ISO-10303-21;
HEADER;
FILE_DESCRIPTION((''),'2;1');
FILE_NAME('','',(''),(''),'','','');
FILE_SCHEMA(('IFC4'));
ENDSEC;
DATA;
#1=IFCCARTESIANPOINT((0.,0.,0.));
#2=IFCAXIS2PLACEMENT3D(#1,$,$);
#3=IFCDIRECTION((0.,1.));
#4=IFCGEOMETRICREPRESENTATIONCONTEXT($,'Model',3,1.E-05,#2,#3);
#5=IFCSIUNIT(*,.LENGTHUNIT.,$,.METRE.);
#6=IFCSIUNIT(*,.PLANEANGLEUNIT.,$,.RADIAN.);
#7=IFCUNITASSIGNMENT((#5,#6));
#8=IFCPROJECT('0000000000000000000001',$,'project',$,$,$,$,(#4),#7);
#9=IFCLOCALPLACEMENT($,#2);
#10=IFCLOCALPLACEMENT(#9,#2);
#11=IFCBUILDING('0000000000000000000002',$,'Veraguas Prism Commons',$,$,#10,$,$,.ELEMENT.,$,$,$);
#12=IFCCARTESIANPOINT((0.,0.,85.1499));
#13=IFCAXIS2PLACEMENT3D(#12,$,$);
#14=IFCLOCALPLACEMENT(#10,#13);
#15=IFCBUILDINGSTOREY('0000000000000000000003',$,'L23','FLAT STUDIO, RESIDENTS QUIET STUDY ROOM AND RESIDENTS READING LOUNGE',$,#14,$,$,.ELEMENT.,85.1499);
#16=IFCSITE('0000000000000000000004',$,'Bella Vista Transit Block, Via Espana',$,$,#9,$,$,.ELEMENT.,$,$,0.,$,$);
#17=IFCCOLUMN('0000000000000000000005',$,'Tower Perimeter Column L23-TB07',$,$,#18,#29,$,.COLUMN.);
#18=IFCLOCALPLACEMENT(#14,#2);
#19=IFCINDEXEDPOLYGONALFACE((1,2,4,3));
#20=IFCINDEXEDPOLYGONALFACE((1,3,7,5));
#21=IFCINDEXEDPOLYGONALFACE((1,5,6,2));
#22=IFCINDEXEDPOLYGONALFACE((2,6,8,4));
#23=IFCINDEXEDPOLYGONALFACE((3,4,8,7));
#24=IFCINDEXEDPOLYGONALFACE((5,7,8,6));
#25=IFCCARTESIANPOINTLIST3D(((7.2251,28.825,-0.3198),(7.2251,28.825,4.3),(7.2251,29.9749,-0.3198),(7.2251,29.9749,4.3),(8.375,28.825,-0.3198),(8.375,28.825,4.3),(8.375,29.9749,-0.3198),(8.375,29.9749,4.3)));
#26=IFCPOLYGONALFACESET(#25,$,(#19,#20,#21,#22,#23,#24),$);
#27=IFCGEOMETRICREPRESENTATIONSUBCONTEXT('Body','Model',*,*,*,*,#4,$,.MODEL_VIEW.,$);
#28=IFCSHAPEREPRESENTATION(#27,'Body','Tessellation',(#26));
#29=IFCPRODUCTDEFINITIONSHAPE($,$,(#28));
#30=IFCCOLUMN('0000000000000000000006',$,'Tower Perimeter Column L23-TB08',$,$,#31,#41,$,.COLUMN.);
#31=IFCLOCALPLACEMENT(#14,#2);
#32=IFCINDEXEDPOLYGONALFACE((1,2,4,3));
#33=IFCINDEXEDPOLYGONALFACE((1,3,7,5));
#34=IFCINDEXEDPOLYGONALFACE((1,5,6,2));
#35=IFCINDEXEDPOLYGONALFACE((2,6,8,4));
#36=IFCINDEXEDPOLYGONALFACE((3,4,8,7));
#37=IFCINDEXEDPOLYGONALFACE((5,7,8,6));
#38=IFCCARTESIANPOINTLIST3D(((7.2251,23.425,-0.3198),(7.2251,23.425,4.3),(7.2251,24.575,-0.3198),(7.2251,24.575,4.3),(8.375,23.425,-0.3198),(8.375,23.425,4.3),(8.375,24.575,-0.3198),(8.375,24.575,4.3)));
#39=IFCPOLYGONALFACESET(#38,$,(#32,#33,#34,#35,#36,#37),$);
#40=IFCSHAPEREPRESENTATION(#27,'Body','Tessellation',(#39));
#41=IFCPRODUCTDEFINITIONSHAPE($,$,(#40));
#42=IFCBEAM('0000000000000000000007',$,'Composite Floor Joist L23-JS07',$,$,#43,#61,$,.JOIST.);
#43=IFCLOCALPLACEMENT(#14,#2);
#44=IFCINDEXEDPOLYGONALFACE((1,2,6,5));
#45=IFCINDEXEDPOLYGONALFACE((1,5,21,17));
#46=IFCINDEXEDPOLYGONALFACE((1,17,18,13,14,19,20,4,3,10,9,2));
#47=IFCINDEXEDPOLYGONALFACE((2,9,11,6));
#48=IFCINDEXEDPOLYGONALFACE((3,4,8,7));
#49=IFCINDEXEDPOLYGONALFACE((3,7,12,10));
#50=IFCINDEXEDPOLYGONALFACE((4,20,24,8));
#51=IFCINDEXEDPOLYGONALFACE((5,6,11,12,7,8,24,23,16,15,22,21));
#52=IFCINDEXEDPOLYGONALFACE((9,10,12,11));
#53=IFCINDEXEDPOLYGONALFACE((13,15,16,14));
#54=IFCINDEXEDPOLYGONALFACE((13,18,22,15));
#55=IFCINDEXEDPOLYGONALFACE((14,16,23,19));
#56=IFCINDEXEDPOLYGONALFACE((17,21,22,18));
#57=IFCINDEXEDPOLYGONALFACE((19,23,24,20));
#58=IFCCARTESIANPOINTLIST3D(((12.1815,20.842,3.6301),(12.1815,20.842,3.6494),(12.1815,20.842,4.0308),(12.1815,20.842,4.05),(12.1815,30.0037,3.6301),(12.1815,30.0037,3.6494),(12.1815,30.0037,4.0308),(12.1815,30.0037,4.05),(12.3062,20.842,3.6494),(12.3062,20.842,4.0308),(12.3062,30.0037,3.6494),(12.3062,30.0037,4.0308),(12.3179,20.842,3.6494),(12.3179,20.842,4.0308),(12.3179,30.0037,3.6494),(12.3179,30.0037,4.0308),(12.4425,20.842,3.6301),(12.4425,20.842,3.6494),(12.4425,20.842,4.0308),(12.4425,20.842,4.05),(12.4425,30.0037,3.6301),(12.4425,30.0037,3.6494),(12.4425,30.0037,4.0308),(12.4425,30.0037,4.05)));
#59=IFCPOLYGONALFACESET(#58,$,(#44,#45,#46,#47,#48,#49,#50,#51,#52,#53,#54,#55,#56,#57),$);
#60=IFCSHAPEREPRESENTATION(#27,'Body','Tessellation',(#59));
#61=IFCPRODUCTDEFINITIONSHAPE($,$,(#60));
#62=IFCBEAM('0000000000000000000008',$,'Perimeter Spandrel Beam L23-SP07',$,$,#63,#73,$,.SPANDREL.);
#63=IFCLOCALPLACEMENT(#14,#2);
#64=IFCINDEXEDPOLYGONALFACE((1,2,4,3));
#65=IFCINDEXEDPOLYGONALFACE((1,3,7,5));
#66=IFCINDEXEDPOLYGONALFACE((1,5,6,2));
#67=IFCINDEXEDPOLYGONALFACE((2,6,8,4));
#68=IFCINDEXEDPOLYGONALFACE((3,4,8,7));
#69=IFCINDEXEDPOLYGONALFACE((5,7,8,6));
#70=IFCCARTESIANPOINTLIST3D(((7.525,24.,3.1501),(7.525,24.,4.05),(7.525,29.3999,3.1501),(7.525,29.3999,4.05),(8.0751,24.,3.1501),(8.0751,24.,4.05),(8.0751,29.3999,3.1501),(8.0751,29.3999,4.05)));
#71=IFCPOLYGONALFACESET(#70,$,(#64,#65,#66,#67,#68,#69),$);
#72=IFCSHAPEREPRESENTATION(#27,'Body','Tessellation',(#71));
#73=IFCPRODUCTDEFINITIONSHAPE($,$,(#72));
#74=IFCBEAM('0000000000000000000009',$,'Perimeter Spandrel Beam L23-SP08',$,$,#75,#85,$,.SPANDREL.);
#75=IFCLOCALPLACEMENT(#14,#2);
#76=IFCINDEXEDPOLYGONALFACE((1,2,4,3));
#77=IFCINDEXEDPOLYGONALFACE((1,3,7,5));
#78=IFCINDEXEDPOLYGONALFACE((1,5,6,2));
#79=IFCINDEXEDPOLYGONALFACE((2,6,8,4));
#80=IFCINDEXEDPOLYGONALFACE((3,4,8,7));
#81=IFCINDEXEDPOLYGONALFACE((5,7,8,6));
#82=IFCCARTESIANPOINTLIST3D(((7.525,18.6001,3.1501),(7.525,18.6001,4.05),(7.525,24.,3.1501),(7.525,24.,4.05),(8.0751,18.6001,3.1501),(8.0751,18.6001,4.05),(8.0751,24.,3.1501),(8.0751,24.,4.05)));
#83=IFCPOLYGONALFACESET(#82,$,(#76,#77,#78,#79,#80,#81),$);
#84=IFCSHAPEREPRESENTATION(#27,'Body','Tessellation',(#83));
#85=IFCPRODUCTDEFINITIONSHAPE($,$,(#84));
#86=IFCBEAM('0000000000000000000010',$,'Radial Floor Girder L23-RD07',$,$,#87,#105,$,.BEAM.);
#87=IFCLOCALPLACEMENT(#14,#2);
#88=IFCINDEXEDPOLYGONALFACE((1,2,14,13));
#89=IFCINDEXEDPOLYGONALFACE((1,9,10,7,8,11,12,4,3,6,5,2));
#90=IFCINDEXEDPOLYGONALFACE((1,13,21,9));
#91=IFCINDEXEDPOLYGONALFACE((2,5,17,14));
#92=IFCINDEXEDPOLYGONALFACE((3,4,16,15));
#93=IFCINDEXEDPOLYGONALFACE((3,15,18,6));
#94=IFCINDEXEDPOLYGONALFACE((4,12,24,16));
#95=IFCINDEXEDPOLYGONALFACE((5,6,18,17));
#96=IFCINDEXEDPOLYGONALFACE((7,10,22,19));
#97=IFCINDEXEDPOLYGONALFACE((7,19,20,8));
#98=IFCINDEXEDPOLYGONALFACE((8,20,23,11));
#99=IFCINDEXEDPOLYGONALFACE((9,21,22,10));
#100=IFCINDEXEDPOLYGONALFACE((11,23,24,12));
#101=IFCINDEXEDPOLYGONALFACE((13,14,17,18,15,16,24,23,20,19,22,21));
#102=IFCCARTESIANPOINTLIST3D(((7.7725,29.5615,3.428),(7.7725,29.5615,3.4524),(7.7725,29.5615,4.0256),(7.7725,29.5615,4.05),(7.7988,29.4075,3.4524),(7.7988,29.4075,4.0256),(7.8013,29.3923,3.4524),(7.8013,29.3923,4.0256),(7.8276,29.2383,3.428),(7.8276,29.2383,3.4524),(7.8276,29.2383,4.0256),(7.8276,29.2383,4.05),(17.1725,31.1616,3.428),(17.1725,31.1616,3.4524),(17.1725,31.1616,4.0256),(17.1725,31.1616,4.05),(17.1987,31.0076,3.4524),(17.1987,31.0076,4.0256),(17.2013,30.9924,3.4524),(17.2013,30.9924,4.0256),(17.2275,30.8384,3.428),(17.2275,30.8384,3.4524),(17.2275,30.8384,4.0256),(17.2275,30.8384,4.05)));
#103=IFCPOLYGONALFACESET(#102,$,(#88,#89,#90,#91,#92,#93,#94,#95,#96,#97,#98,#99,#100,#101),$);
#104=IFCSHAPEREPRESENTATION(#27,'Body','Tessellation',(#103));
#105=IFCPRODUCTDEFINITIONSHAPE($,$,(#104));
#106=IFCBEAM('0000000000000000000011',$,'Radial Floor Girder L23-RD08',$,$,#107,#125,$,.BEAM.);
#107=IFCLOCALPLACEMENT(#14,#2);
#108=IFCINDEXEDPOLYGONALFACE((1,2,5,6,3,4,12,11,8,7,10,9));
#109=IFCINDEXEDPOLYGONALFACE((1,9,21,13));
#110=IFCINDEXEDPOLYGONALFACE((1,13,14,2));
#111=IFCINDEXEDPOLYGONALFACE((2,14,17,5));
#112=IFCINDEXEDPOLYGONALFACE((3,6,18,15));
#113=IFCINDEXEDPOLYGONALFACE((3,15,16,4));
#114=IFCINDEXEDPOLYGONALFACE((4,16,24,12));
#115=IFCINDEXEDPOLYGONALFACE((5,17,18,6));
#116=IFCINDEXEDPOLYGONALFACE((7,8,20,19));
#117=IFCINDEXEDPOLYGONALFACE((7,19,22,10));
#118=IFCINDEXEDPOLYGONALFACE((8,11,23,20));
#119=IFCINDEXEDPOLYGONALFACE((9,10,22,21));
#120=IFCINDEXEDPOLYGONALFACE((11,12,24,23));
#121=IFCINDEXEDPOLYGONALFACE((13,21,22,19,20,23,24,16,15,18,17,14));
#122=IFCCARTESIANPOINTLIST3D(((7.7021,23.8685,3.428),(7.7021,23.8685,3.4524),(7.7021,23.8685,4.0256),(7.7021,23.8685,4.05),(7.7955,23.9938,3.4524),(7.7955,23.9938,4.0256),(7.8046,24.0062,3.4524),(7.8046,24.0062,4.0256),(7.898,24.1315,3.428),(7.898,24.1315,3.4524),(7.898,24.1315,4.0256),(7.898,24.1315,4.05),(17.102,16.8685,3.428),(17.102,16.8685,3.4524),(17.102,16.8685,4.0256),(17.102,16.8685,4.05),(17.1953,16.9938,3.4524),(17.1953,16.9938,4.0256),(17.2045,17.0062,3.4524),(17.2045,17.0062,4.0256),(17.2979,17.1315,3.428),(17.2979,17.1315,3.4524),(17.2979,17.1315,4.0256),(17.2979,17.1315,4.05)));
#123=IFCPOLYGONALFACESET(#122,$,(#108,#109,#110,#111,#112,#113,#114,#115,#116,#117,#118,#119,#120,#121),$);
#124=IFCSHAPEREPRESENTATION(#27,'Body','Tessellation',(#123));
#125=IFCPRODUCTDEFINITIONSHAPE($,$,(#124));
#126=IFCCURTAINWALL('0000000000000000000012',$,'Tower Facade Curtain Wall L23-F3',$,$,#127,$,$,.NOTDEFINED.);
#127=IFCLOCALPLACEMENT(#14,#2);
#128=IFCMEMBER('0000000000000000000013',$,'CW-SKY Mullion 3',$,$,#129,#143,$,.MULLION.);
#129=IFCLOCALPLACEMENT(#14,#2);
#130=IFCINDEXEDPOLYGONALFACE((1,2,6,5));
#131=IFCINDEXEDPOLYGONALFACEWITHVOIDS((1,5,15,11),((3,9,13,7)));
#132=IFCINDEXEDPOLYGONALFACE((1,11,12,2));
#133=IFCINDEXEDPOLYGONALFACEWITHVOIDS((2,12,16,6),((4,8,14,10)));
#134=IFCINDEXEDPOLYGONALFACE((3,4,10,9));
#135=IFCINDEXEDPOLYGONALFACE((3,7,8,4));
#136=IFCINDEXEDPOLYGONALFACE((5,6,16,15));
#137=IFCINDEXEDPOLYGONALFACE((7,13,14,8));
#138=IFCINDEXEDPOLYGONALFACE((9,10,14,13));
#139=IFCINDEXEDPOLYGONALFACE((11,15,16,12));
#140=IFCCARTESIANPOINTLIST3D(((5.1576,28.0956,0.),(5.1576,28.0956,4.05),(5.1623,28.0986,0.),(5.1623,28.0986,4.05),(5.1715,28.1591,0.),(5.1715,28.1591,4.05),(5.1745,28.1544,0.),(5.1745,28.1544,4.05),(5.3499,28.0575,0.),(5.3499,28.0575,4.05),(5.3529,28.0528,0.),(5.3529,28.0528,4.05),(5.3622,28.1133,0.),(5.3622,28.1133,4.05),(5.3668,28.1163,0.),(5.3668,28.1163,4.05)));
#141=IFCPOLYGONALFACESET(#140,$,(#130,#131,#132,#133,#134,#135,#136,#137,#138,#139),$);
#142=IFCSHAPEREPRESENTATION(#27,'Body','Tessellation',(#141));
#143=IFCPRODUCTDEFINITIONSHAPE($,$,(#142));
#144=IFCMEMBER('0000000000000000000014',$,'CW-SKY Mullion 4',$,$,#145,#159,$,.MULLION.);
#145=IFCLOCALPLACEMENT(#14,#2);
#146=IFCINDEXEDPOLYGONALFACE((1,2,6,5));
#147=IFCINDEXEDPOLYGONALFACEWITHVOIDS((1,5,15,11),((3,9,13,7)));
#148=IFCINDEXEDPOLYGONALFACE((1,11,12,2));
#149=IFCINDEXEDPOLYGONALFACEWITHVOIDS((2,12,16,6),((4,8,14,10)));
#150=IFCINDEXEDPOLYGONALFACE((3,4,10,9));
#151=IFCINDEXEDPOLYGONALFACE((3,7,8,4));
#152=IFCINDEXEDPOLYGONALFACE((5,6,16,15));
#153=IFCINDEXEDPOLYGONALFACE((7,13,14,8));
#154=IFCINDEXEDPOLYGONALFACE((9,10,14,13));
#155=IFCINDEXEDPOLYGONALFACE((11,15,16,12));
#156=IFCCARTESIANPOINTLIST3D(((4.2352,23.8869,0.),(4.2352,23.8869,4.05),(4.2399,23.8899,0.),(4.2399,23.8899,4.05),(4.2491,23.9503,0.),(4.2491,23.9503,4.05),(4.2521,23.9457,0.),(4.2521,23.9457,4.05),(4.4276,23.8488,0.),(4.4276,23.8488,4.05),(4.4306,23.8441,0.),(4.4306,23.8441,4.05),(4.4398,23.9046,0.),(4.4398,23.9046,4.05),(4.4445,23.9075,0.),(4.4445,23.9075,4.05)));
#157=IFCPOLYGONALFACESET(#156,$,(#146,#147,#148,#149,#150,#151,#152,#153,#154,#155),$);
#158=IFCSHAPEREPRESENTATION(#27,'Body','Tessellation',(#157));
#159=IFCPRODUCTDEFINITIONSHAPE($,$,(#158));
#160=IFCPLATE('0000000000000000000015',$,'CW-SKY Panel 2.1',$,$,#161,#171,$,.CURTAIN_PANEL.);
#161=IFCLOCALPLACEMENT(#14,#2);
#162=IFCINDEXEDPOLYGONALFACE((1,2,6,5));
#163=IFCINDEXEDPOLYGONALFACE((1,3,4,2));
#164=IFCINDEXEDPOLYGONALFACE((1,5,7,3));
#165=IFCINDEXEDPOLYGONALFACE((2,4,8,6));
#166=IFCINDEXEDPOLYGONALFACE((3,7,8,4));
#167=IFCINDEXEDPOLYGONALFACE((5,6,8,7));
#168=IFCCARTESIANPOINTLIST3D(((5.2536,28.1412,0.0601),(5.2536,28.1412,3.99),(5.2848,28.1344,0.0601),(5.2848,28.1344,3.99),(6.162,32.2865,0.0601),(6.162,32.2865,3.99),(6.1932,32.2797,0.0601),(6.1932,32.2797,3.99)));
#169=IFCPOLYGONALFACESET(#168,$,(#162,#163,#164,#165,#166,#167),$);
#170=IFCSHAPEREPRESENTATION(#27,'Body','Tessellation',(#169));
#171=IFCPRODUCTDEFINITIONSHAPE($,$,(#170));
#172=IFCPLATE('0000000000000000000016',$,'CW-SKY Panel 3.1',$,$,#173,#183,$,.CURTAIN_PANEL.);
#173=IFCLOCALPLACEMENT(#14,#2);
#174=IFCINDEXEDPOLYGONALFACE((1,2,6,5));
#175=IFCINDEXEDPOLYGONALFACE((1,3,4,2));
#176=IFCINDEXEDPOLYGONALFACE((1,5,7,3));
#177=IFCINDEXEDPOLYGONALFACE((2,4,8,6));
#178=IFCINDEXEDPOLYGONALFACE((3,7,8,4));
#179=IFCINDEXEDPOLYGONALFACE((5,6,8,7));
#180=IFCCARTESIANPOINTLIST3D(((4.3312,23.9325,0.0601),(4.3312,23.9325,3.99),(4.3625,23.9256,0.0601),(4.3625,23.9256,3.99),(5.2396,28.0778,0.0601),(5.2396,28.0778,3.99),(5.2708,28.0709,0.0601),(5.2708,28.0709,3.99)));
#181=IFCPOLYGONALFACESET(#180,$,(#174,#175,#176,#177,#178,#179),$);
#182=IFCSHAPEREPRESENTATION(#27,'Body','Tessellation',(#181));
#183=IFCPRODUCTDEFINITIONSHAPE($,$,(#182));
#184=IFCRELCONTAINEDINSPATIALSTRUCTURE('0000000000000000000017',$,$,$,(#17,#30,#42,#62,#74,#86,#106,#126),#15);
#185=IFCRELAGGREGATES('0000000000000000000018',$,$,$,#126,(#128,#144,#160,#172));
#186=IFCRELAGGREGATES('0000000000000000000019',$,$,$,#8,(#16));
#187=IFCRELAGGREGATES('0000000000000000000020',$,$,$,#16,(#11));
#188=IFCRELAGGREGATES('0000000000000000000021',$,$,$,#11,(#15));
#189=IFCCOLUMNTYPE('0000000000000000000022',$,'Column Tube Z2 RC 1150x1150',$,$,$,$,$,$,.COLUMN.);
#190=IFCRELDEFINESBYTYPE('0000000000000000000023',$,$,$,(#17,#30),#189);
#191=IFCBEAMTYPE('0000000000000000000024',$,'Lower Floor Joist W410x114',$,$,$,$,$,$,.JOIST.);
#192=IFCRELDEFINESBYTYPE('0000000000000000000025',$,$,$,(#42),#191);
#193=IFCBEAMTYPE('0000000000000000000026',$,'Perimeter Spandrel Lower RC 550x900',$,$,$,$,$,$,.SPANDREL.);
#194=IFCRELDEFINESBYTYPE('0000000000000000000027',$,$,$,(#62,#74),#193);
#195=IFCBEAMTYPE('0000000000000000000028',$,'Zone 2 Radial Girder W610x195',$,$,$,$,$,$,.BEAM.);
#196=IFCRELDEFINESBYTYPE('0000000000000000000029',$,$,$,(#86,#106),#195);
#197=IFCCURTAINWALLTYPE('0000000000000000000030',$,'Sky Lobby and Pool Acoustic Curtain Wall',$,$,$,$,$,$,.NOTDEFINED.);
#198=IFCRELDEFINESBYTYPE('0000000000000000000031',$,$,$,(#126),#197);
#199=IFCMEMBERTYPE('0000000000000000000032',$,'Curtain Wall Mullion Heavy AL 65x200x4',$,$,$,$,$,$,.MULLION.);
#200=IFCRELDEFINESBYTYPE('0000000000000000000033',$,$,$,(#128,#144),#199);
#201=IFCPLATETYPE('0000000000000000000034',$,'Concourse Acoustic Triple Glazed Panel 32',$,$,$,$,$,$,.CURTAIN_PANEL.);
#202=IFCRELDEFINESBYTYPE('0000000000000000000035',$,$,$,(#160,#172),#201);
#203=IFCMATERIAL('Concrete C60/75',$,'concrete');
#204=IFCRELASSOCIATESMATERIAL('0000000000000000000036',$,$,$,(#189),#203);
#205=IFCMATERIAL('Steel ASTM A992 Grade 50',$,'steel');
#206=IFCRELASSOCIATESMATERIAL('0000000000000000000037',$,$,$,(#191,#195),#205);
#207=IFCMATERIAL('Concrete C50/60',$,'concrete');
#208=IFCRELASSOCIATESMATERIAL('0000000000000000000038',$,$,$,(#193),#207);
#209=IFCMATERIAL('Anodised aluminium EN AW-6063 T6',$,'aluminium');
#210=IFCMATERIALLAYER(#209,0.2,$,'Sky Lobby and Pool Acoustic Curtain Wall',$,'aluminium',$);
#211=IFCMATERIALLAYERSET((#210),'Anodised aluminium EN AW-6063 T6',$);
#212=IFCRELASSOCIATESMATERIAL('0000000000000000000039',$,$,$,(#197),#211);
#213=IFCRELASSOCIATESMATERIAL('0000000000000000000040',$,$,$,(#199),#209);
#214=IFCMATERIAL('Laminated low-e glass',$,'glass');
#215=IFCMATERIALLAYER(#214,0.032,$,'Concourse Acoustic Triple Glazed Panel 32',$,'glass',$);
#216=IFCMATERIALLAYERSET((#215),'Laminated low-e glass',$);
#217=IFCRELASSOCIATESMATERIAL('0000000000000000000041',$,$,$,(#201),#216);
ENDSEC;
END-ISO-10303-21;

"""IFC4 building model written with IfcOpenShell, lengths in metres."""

from ifc_helpers import new_model, si_unit, direction, frame, origin, origin_2d, place, context, subcontext, project, spatial, rectangle, hollow_rectangle, i_section, extrude, source, transform, mapped, material, layer, layer_set, material_profile, profile_set, type_object, element, aggregate, save


model = new_model("IFC4")

# Units and contexts
model_context = context("Model", 3, precision=1e-05, world=origin(), true_north=direction((0.0, 1.0)))
body_context = subcontext(model_context, "Body", "Model", "MODEL_VIEW")
ifc_project = project(units=[si_unit("LENGTHUNIT", "METRE"), si_unit("PLANEANGLEUNIT", "RADIAN")], contexts=[model_context])

# Site, building, storey
site_placement = place(None, origin())
site = spatial("IfcSite", under=ifc_project, at=site_placement, Name="Bella Vista Transit Block, Via Espana", CompositionType="ELEMENT", RefElevation=0.0)
building_placement = place(site_placement, origin())
building = spatial("IfcBuilding", under=site, at=building_placement, Name="Veraguas Prism Commons", CompositionType="ELEMENT")
storey_placement = place(building_placement, frame((0.0, 0.0, 85.1499)))
storey = spatial("IfcBuildingStorey", under=building, at=storey_placement, Name="L23", Description="FLAT STUDIO, RESIDENTS QUIET STUDY ROOM AND RESIDENTS READING LOUNGE", CompositionType="ELEMENT", Elevation=85.1499)

# Columns
ifc_material_1 = material(Name="Concrete C60/75", Category="concrete")
ifc_material_profile_1 = material_profile(ifc_material_1, rectangle(XDim=1.1499, YDim=1.1499, at=origin_2d()), Name="RC1150X1150")
ifc_profile_set_1 = profile_set([ifc_material_profile_1], Name="Concrete C60/75")
column_type = type_object("IfcColumnType", Name="Column Tube Z2 RC 1150x1150", PredefinedType="COLUMN", material=ifc_profile_set_1)
for number, where, z_axis, x_axis, name in (
    (1, (7.8, 29.3999, -0.3198), (0.0, 0.0, 1.0), (1.0, 0.0, 0.0), "Tower Perimeter Column L23-TB07"),
    (2, (7.8, 24.0, -0.3198), (0.0, 0.0, 1.0), (1.0, 0.0, 0.0), "Tower Perimeter Column L23-TB08"),
):
    element("IfcColumn", number, at=place(storey_placement, frame(where, z_axis=z_axis, x_axis=x_axis)), inside=storey, type_object=column_type, Name=name, PredefinedType="COLUMN", context=body_context, shape_type="SweptSolid", body=[
        extrude(rectangle(XDim=1.1499, YDim=1.1499, at=origin_2d()), origin(), (0.0, 0.0, 1.0), 4.6199),
    ])

# Beams
ifc_material_2 = material(Name="Steel ASTM A992 Grade 50", Category="steel")
ifc_material_profile_2 = material_profile(ifc_material_2, i_section(OverallWidth=0.261, OverallDepth=0.4199, WebThickness=0.0117, FlangeThickness=0.0193, at=origin_2d()), Name="W410X114")
ifc_profile_set_2 = profile_set([ifc_material_profile_2], Name="Steel ASTM A992 Grade 50")
beam_type_1 = type_object("IfcBeamType", Name="Lower Floor Joist W410x114", PredefinedType="JOIST", material=ifc_profile_set_2)
beam_1_placement = place(storey_placement, frame((12.312, 30.0037, 3.8401), z_axis=(0.0, -1.0, 0.0), x_axis=(1.0, 0.0, 0.0)))
element("IfcBeam", 3, at=beam_1_placement, inside=storey, type_object=beam_type_1, Name="Composite Floor Joist L23-JS07", PredefinedType="JOIST", context=body_context, shape_type="SweptSolid", body=[
    extrude(i_section(OverallWidth=0.261, OverallDepth=0.4199, WebThickness=0.0117, FlangeThickness=0.0193, at=origin_2d()), origin(), (0.0, 0.0, 1.0), 9.1616),
])
ifc_material_3 = material(Name="Concrete C50/60", Category="concrete")
ifc_material_profile_3 = material_profile(ifc_material_3, rectangle(XDim=0.55, YDim=0.8999, at=origin_2d()), Name="RC550X900")
ifc_profile_set_3 = profile_set([ifc_material_profile_3], Name="Concrete C50/60")
beam_type_2 = type_object("IfcBeamType", Name="Perimeter Spandrel Lower RC 550x900", PredefinedType="SPANDREL", material=ifc_profile_set_3)
for number, where, z_axis, x_axis, name in (
    (4, (7.8, 29.3999, 3.6001), (0.0, -1.0, 0.0), (1.0, 0.0, 0.0), "Perimeter Spandrel Beam L23-SP07"),
    (5, (7.8, 24.0, 3.6001), (0.0, -1.0, 0.0), (1.0, 0.0, 0.0), "Perimeter Spandrel Beam L23-SP08"),
):
    element("IfcBeam", number, at=place(storey_placement, frame(where, z_axis=z_axis, x_axis=x_axis)), inside=storey, type_object=beam_type_2, Name=name, PredefinedType="SPANDREL", context=body_context, shape_type="SweptSolid", body=[
        extrude(rectangle(XDim=0.55, YDim=0.8999, at=origin_2d()), origin(), (0.0, 0.0, 1.0), 5.3999),
    ])
ifc_material_profile_4 = material_profile(ifc_material_2, i_section(OverallWidth=0.3279, OverallDepth=0.6221, WebThickness=0.0154, FlangeThickness=0.0244, at=origin_2d()), Name="W610X195")
ifc_profile_set_4 = profile_set([ifc_material_profile_4], Name="Steel ASTM A992 Grade 50")
beam_type_3 = type_object("IfcBeamType", Name="Zone 2 Radial Girder W610x195", PredefinedType="BEAM", material=ifc_profile_set_4)
beam_2_placement = place(storey_placement, frame((7.8, 29.3999, 3.739), z_axis=(0.985819, 0.167811, 0.0), x_axis=(-0.167811, 0.985819, 0.0)))
element("IfcBeam", 6, at=beam_2_placement, inside=storey, type_object=beam_type_3, Name="Radial Floor Girder L23-RD07", PredefinedType="BEAM", context=body_context, shape_type="SweptSolid", body=[
    extrude(i_section(OverallWidth=0.3279, OverallDepth=0.6221, WebThickness=0.0154, FlangeThickness=0.0244, at=origin_2d()), origin(), (0.0, 0.0, 1.0), 9.5352),
])
beam_3_placement = place(storey_placement, frame((7.8, 24.0, 3.739), z_axis=(0.80204, -0.59727, 0.0), x_axis=(0.59727, 0.80204, 0.0)))
element("IfcBeam", 7, at=beam_3_placement, inside=storey, type_object=beam_type_3, Name="Radial Floor Girder L23-RD08", PredefinedType="BEAM", context=body_context, shape_type="SweptSolid", body=[
    extrude(i_section(OverallWidth=0.3279, OverallDepth=0.6221, WebThickness=0.0154, FlangeThickness=0.0244, at=origin_2d()), origin(), (0.0, 0.0, 1.0), 11.72),
])

# Curtain wall, members, plates
ifc_material_4 = material(Name="Anodised aluminium EN AW-6063 T6", Category="aluminium")
ifc_layer_1 = layer(ifc_material_4, 0.2, Name="Sky Lobby and Pool Acoustic Curtain Wall", Category="aluminium")
ifc_layer_set_1 = layer_set([ifc_layer_1], Name="Anodised aluminium EN AW-6063 T6")
curtain_wall_type = type_object("IfcCurtainWallType", Name="Sky Lobby and Pool Acoustic Curtain Wall", PredefinedType="NOTDEFINED", material=ifc_layer_set_1)
curtain_wall_placement = place(storey_placement, origin())
curtain_wall = element("IfcCurtainWall", 8, at=curtain_wall_placement, inside=storey, type_object=curtain_wall_type, Name="Tower Facade Curtain Wall L23-F3", PredefinedType="NOTDEFINED")
ifc_material_profile_5 = material_profile(ifc_material_4, hollow_rectangle(XDim=0.0649, YDim=0.2, WallThickness=0.0039, at=origin_2d()), Name="AL65X200X4")
ifc_profile_set_5 = profile_set([ifc_material_profile_5], Name="Anodised aluminium EN AW-6063 T6")
member_type = type_object("IfcMemberType", Name="Curtain Wall Mullion Heavy AL 65x200x4", PredefinedType="MULLION", material=ifc_profile_set_5)
shared_shape_1 = source(origin(), body_context, "Body", "SweptSolid", [
    extrude(hollow_rectangle(XDim=0.0649, YDim=0.2, WallThickness=0.0039, at=origin_2d()), origin(), (0.0, 0.0, 1.0), 4.05),
])
member_1_placement = place(storey_placement, frame((5.2622, 28.106, 0.0), z_axis=(0.0, 0.0, 1.0), x_axis=(-0.214055, -0.976822, 0.0)))
member_1 = element("IfcMember", 9, at=member_1_placement, type_object=member_type, Name="CW-SKY Mullion 3", PredefinedType="MULLION", context=body_context, shape_type="MappedRepresentation", body=[
    mapped(shared_shape_1, transform((0.0, 0.0, 0.0), scale=1.0)),
])
member_2_placement = place(storey_placement, frame((4.3398, 23.8972, 0.0), z_axis=(0.0, 0.0, 1.0), x_axis=(-0.214055, -0.976822, 0.0)))
member_2 = element("IfcMember", 10, at=member_2_placement, type_object=member_type, Name="CW-SKY Mullion 4", PredefinedType="MULLION", context=body_context, shape_type="MappedRepresentation", body=[
    mapped(shared_shape_1, transform((0.0, 0.0, 0.0), scale=1.0)),
])
ifc_material_5 = material(Name="Laminated low-e glass", Category="glass")
ifc_layer_2 = layer(ifc_material_5, 0.032, Name="Concourse Acoustic Triple Glazed Panel 32", Category="glass")
ifc_layer_set_2 = layer_set([ifc_layer_2], Name="Laminated low-e glass")
plate_type = type_object("IfcPlateType", Name="Concourse Acoustic Triple Glazed Panel 32", PredefinedType="CURTAIN_PANEL", material=ifc_layer_set_2)
shared_shape_2 = source(origin(), body_context, "Body", "SweptSolid", [
    extrude(rectangle(XDim=4.2437, YDim=0.032, at=origin_2d()), origin(), (0.0, 0.0, 1.0), 3.9299),
])
plate_1_placement = place(storey_placement, frame((5.7234, 30.2104, 0.0601), z_axis=(0.0, 0.0, 1.0), x_axis=(-0.214055, -0.976822, 0.0)))
plate_1 = element("IfcPlate", 11, at=plate_1_placement, type_object=plate_type, Name="CW-SKY Panel 2.1", PredefinedType="CURTAIN_PANEL", context=body_context, shape_type="MappedRepresentation", body=[
    mapped(shared_shape_2, transform((0.0, 0.0, 0.0), scale=1.0)),
])
plate_2_placement = place(storey_placement, frame((4.801, 26.0017, 0.0601), z_axis=(0.0, 0.0, 1.0), x_axis=(-0.214055, -0.976822, 0.0)))
plate_2 = element("IfcPlate", 12, at=plate_2_placement, type_object=plate_type, Name="CW-SKY Panel 3.1", PredefinedType="CURTAIN_PANEL", context=body_context, shape_type="MappedRepresentation", body=[
    mapped(shared_shape_2, transform((0.0, 0.0, 0.0), scale=1.0)),
])
aggregate(curtain_wall, [member_1, member_2, plate_1, plate_2])

save(model, "model.ifc")
